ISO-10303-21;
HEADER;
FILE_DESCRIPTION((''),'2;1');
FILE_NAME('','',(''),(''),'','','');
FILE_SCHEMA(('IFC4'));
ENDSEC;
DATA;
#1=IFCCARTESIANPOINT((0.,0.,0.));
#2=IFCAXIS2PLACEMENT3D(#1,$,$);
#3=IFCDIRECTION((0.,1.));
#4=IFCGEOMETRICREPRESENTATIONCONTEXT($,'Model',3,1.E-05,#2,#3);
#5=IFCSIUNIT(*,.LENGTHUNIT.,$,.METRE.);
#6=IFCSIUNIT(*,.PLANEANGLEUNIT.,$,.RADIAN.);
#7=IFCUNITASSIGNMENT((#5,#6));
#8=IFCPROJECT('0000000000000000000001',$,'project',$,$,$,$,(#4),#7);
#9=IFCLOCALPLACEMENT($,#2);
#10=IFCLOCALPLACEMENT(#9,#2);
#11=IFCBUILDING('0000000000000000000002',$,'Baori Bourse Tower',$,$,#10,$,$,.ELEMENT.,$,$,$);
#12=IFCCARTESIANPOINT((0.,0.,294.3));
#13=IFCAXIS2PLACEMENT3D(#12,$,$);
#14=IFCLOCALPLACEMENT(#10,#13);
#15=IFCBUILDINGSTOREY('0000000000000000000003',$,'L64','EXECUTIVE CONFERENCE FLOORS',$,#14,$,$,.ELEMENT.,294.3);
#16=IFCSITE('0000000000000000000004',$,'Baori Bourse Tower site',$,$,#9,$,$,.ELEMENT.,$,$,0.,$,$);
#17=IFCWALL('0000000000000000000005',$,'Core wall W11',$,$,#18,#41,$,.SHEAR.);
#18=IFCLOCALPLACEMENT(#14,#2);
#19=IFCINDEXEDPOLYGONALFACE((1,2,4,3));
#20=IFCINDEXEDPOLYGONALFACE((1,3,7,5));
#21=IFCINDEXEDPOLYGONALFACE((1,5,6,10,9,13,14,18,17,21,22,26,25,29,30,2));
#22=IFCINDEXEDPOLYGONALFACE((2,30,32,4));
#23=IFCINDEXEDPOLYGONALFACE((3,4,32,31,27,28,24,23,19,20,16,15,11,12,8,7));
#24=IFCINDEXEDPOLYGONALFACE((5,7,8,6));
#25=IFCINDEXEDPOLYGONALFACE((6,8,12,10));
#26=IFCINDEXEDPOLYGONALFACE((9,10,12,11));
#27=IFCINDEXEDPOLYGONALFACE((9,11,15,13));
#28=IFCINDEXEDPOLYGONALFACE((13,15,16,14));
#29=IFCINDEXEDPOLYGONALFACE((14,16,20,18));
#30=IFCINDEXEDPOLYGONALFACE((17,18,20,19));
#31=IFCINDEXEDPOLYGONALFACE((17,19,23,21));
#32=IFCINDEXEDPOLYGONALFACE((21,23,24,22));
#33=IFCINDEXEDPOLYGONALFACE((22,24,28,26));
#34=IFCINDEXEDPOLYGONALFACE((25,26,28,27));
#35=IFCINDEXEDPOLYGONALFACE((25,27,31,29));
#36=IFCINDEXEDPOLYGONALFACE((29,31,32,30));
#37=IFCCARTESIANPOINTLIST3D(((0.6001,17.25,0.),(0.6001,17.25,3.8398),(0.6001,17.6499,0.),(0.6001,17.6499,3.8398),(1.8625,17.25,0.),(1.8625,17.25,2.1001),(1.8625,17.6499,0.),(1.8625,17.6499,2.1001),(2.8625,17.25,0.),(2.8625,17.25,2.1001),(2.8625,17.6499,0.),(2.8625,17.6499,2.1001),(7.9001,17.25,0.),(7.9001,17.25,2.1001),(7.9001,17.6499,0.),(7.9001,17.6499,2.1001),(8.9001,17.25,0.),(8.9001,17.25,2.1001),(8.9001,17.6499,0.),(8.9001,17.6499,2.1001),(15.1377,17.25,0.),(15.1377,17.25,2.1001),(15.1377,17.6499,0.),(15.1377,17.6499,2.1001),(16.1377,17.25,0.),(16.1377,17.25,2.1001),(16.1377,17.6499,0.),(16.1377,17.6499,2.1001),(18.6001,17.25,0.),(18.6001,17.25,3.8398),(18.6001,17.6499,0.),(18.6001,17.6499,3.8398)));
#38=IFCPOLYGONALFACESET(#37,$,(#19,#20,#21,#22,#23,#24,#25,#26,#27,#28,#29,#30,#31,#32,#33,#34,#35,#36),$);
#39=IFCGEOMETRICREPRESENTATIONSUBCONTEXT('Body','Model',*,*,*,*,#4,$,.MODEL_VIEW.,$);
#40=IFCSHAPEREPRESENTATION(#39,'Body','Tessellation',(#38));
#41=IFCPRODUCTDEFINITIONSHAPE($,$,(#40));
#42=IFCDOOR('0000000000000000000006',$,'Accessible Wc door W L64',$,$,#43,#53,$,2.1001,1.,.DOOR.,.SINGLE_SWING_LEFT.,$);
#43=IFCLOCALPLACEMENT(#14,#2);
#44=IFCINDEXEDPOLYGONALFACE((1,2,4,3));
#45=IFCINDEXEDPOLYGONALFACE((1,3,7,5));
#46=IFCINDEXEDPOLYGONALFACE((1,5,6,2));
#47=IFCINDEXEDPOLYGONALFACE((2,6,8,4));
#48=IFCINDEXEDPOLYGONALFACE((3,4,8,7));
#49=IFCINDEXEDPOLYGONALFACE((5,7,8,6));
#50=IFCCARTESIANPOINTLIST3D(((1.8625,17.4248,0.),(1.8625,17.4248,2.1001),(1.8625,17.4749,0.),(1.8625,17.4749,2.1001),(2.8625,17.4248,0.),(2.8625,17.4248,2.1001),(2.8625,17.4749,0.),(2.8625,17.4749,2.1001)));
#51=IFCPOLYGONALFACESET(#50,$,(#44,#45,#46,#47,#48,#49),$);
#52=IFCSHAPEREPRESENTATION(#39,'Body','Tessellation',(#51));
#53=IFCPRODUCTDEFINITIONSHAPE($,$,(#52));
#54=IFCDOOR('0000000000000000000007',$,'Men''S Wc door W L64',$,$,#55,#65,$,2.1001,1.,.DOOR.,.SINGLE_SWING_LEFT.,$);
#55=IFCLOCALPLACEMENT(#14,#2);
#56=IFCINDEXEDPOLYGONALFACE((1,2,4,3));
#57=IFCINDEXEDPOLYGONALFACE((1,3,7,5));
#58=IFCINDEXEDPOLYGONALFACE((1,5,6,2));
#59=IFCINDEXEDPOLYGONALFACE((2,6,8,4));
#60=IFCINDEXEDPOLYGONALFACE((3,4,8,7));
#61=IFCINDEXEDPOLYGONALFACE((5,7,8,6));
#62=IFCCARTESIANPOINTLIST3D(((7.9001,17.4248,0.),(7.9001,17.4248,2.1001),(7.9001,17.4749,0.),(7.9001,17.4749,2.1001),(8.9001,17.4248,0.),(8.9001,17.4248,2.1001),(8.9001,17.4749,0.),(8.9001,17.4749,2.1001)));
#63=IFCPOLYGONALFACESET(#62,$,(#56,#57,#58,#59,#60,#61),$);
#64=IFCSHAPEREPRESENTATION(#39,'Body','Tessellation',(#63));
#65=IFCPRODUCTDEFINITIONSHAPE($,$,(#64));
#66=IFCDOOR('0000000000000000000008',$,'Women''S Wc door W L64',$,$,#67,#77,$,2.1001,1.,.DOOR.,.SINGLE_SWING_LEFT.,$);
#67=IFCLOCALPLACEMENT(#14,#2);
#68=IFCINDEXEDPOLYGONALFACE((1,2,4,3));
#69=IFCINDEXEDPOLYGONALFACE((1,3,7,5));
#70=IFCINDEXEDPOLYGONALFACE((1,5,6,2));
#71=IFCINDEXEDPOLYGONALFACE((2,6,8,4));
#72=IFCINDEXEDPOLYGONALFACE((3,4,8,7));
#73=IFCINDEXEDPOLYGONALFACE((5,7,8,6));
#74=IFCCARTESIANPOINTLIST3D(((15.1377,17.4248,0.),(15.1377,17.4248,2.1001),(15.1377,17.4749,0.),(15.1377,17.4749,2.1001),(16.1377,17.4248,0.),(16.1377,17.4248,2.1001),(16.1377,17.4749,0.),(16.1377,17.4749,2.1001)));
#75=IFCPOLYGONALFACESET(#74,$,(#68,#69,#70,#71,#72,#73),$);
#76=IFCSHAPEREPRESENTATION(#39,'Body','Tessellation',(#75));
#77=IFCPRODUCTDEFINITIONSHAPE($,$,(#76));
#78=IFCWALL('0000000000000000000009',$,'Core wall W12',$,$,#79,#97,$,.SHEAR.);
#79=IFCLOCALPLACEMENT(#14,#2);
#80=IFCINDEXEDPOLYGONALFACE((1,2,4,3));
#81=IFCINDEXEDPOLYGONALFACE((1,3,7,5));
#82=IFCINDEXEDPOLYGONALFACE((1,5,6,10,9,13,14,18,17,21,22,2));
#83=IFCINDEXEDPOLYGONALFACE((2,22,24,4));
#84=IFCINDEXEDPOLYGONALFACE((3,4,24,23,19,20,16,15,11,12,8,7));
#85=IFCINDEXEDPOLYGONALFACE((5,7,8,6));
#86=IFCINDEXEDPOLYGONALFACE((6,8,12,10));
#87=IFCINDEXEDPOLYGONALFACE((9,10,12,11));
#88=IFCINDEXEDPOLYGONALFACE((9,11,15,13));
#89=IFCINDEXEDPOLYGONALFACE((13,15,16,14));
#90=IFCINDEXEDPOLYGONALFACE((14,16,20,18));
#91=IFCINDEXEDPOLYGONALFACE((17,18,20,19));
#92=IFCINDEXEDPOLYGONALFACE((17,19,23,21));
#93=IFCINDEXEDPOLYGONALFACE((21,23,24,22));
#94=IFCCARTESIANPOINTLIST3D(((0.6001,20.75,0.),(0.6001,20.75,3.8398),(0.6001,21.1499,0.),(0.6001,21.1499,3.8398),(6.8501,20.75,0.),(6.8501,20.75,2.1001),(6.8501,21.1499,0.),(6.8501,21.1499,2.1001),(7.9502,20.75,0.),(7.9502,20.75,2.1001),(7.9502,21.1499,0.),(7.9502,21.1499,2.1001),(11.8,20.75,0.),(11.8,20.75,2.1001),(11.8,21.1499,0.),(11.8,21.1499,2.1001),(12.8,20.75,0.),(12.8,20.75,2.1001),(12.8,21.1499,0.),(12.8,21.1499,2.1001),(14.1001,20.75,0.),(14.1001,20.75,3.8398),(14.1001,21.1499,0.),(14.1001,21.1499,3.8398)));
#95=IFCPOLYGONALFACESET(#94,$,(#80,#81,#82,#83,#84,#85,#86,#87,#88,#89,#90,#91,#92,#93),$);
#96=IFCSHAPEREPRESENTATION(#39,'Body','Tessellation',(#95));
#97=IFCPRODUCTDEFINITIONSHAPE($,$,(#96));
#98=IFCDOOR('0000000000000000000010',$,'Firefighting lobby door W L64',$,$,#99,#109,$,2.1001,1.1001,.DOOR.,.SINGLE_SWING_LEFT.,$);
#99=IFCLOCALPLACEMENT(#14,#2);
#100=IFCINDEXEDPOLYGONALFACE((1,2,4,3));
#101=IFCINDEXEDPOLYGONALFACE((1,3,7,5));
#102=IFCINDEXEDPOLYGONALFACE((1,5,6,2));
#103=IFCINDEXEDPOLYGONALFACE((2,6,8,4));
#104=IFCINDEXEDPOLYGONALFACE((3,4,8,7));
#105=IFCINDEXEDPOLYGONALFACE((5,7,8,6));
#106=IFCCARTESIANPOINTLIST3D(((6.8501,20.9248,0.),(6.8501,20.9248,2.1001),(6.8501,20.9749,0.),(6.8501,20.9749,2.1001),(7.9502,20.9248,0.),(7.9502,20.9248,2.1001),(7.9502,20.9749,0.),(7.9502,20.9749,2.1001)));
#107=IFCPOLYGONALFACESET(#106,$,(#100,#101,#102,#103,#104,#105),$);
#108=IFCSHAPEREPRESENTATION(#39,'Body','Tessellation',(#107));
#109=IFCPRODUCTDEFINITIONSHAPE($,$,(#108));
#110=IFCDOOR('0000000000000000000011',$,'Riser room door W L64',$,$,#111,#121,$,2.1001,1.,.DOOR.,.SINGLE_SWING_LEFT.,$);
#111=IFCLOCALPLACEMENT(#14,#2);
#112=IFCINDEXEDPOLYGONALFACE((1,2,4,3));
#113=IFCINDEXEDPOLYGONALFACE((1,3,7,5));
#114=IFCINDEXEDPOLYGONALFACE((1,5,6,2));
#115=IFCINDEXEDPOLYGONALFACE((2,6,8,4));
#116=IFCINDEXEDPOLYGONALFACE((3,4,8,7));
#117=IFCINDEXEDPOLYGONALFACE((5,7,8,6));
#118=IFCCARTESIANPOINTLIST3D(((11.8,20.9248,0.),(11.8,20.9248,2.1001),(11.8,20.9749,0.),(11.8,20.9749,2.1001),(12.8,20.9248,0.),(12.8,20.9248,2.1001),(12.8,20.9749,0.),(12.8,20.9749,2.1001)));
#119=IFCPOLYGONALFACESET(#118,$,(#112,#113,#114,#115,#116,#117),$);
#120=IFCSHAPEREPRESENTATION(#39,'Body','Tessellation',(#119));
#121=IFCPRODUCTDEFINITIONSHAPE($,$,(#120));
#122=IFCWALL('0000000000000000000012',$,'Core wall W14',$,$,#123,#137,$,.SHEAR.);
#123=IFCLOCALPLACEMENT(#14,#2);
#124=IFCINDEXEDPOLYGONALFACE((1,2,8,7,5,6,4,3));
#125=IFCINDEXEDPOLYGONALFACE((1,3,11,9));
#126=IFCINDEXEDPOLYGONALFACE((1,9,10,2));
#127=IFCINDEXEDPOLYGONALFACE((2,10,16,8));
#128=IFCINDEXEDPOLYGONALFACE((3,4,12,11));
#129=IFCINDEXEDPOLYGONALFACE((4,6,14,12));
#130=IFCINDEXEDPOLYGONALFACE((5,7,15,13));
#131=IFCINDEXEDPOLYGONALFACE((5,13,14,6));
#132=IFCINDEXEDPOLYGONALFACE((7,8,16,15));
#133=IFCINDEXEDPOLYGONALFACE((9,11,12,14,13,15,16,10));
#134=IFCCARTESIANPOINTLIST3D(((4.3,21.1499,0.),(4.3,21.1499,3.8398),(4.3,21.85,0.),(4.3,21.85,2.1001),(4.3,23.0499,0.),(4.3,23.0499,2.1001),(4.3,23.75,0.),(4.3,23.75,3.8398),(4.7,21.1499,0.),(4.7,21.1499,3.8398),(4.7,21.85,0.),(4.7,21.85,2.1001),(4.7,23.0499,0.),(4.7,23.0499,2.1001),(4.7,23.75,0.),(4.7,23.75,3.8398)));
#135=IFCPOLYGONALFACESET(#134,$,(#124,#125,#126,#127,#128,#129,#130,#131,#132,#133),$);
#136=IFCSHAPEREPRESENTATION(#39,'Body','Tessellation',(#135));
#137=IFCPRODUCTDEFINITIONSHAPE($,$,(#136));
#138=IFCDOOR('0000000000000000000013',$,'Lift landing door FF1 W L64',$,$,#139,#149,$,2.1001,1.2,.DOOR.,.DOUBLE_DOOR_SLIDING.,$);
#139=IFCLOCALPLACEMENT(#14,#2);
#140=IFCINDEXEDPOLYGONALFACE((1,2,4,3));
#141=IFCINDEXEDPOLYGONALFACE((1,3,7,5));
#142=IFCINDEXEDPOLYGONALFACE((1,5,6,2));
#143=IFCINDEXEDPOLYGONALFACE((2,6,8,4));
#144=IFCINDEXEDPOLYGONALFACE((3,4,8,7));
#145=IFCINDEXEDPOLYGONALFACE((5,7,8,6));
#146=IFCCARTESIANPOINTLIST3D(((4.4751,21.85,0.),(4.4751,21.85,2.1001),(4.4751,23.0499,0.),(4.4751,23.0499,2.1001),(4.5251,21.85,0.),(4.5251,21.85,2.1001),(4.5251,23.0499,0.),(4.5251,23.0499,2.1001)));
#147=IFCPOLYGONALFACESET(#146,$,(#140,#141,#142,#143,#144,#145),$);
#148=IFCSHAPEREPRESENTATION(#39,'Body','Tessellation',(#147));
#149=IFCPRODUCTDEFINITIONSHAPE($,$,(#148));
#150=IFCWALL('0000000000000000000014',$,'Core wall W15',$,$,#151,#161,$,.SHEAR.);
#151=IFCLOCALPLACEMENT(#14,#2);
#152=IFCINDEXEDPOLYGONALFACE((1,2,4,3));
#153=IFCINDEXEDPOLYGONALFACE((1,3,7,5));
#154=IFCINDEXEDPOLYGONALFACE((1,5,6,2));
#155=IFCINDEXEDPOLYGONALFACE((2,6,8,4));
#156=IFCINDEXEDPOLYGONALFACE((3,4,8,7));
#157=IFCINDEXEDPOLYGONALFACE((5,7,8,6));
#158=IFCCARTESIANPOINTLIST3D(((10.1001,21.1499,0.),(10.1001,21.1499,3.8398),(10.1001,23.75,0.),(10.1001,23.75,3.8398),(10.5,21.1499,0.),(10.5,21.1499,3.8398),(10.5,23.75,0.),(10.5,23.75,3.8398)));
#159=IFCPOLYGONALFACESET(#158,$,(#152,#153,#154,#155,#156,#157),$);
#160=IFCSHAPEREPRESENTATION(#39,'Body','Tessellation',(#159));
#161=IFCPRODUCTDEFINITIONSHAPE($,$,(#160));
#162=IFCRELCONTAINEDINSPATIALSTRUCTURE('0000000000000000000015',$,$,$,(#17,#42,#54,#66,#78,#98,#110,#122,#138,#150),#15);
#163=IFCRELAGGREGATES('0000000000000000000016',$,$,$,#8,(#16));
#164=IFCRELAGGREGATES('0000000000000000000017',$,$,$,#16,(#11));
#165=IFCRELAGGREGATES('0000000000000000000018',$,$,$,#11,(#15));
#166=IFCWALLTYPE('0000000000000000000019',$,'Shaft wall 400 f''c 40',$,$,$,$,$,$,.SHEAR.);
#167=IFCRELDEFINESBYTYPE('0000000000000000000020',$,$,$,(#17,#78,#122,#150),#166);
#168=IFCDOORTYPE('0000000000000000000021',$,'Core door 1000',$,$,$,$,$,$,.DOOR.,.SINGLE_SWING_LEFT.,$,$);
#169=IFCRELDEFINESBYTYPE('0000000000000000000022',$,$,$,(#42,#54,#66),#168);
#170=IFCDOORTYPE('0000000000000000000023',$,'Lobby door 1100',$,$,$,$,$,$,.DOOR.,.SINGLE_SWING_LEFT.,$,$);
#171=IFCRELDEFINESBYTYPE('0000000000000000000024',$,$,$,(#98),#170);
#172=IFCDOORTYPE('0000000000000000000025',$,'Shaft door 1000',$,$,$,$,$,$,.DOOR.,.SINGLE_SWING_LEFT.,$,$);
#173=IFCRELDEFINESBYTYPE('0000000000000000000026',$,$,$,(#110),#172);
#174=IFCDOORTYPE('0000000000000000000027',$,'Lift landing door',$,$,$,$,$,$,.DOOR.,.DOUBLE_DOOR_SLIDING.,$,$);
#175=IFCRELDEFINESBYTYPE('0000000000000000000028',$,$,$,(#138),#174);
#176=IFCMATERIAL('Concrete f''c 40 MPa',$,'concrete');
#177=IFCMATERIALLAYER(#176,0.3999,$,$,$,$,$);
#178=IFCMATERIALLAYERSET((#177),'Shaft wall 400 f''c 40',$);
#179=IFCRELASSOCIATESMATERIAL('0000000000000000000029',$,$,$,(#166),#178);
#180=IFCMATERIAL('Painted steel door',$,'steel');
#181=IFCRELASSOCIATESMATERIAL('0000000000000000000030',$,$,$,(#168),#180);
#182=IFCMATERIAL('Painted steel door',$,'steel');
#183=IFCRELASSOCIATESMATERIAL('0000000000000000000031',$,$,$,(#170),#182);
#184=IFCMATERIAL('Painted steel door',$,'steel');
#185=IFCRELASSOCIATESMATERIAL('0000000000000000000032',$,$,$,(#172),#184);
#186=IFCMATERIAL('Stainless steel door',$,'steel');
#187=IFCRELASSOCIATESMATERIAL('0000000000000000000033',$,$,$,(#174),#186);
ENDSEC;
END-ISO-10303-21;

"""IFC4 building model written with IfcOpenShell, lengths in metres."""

from ifc_helpers import new_model, si_unit, direction, frame, frame_2d, origin, place, context, subcontext, project, spatial, rectangle, extrude, material, layer, layer_set, type_object, element, fill, save


model = new_model("IFC4")

# Units and contexts
model_context = context("Model", 3, precision=1e-05, world=origin(), true_north=direction((0.0, 1.0)))
body_context = subcontext(model_context, "Body", "Model", "MODEL_VIEW")
ifc_project = project(units=[si_unit("LENGTHUNIT", "METRE"), si_unit("PLANEANGLEUNIT", "RADIAN")], contexts=[model_context])

# Site, building, storey
site_placement = place(None, origin())
site = spatial("IfcSite", under=ifc_project, at=site_placement, Name="Baori Bourse Tower site", CompositionType="ELEMENT", RefElevation=0.0)
building_placement = place(site_placement, origin())
building = spatial("IfcBuilding", under=site, at=building_placement, Name="Baori Bourse Tower", CompositionType="ELEMENT")
storey_placement = place(building_placement, frame((0.0, 0.0, 294.3)))
storey = spatial("IfcBuildingStorey", under=building, at=storey_placement, Name="L64", Description="EXECUTIVE CONFERENCE FLOORS", CompositionType="ELEMENT", Elevation=294.3)

# Shared definitions
ifc_material_1 = material(Name="Concrete f'c 40 MPa", Category="concrete")
ifc_layer_1 = layer(ifc_material_1, 0.3999)
ifc_layer_set_1 = layer_set([ifc_layer_1], Name="Shaft wall 400 f'c 40")
wall_type_1 = type_object("IfcWallType", Name="Shaft wall 400 f'c 40", PredefinedType="SHEAR", material=ifc_layer_set_1)

# Walls, openings, doors
wall_1_placement = place(storey_placement, frame((0.6001, 17.45, 0.0), z_axis=(0.0, 0.0, 1.0), x_axis=(1.0, 0.0, 0.0)))
wall_1 = element("IfcWall", 1, at=wall_1_placement, inside=storey, type_object=wall_type_1, Name="Core wall W11", PredefinedType="SHEAR", context=body_context, shape_type="SweptSolid", body=[
    extrude(rectangle(XDim=18.0, YDim=0.3999, at=frame_2d((9.0, 0.0))), origin(), (0.0, 0.0, 1.0), 3.8398),
])
opening_1_placement = place(wall_1_placement, frame((1.2625, 0.0, 0.0)))
opening_1 = element("IfcOpeningElement", 2, at=opening_1_placement, cuts=wall_1, PredefinedType="OPENING", context=body_context, shape_type="SweptSolid", body=[
    extrude(rectangle(XDim=1.0, YDim=2.1001, at=frame_2d((0.5, 1.05))), frame((0.0, 0.21, 0.0), z_axis=(0.0, -1.0, 0.0), x_axis=(1.0, 0.0, 0.0)), (0.0, 0.0, 1.0), 0.4199),
])
opening_2_placement = place(wall_1_placement, frame((7.3, 0.0, 0.0)))
opening_2 = element("IfcOpeningElement", 3, at=opening_2_placement, cuts=wall_1, PredefinedType="OPENING", context=body_context, shape_type="SweptSolid", body=[
    extrude(rectangle(XDim=1.0, YDim=2.1001, at=frame_2d((0.5, 1.05))), frame((0.0, 0.21, 0.0), z_axis=(0.0, -1.0, 0.0), x_axis=(1.0, 0.0, 0.0)), (0.0, 0.0, 1.0), 0.4199),
])
opening_3_placement = place(wall_1_placement, frame((14.5376, 0.0, 0.0)))
opening_3 = element("IfcOpeningElement", 4, at=opening_3_placement, cuts=wall_1, PredefinedType="OPENING", context=body_context, shape_type="SweptSolid", body=[
    extrude(rectangle(XDim=1.0, YDim=2.1001, at=frame_2d((0.5, 1.05))), frame((0.0, 0.21, 0.0), z_axis=(0.0, -1.0, 0.0), x_axis=(1.0, 0.0, 0.0)), (0.0, 0.0, 1.0), 0.4199),
])
ifc_material_2 = material(Name="Painted steel door", Category="steel")
door_type_1 = type_object("IfcDoorType", Name="Core door 1000", OperationType="SINGLE_SWING_LEFT", PredefinedType="DOOR", material=ifc_material_2)
door_1_placement = place(opening_1_placement, origin())
door_1 = element("IfcDoor", 5, at=door_1_placement, inside=storey, type_object=door_type_1, Name="Accessible Wc door W L64", OperationType="SINGLE_SWING_LEFT", OverallHeight=2.1001, OverallWidth=1.0, PredefinedType="DOOR", context=body_context, shape_type="SweptSolid", body=[
    extrude(rectangle(XDim=1.0, YDim=2.1001, at=frame_2d((0.5, 1.05))), frame((0.0, 0.0249, 0.0), z_axis=(0.0, -1.0, 0.0), x_axis=(1.0, 0.0, 0.0)), (0.0, 0.0, 1.0), 0.05),
])
fill(opening_1, door_1)
door_2_placement = place(opening_2_placement, origin())
door_2 = element("IfcDoor", 6, at=door_2_placement, inside=storey, type_object=door_type_1, Name="Men'S Wc door W L64", OperationType="SINGLE_SWING_LEFT", OverallHeight=2.1001, OverallWidth=1.0, PredefinedType="DOOR", context=body_context, shape_type="SweptSolid", body=[
    extrude(rectangle(XDim=1.0, YDim=2.1001, at=frame_2d((0.5, 1.05))), frame((0.0, 0.0249, 0.0), z_axis=(0.0, -1.0, 0.0), x_axis=(1.0, 0.0, 0.0)), (0.0, 0.0, 1.0), 0.05),
])
fill(opening_2, door_2)
door_3_placement = place(opening_3_placement, origin())
door_3 = element("IfcDoor", 7, at=door_3_placement, inside=storey, type_object=door_type_1, Name="Women'S Wc door W L64", OperationType="SINGLE_SWING_LEFT", OverallHeight=2.1001, OverallWidth=1.0, PredefinedType="DOOR", context=body_context, shape_type="SweptSolid", body=[
    extrude(rectangle(XDim=1.0, YDim=2.1001, at=frame_2d((0.5, 1.05))), frame((0.0, 0.0249, 0.0), z_axis=(0.0, -1.0, 0.0), x_axis=(1.0, 0.0, 0.0)), (0.0, 0.0, 1.0), 0.05),
])
fill(opening_3, door_3)
wall_2_placement = place(storey_placement, frame((0.6001, 20.95, 0.0), z_axis=(0.0, 0.0, 1.0), x_axis=(1.0, 0.0, 0.0)))
wall_2 = element("IfcWall", 8, at=wall_2_placement, inside=storey, type_object=wall_type_1, Name="Core wall W12", PredefinedType="SHEAR", context=body_context, shape_type="SweptSolid", body=[
    extrude(rectangle(XDim=13.5, YDim=0.3999, at=frame_2d((6.75, 0.0))), origin(), (0.0, 0.0, 1.0), 3.8398),
])
opening_4_placement = place(wall_2_placement, frame((6.25, 0.0, 0.0)))
opening_4 = element("IfcOpeningElement", 9, at=opening_4_placement, cuts=wall_2, PredefinedType="OPENING", context=body_context, shape_type="SweptSolid", body=[
    extrude(rectangle(XDim=1.1001, YDim=2.1001, at=frame_2d((0.55, 1.05))), frame((0.0, 0.21, 0.0), z_axis=(0.0, -1.0, 0.0), x_axis=(1.0, 0.0, 0.0)), (0.0, 0.0, 1.0), 0.4199),
])
opening_5_placement = place(wall_2_placement, frame((11.2, 0.0, 0.0)))
opening_5 = element("IfcOpeningElement", 10, at=opening_5_placement, cuts=wall_2, PredefinedType="OPENING", context=body_context, shape_type="SweptSolid", body=[
    extrude(rectangle(XDim=1.0, YDim=2.1001, at=frame_2d((0.5, 1.05))), frame((0.0, 0.21, 0.0), z_axis=(0.0, -1.0, 0.0), x_axis=(1.0, 0.0, 0.0)), (0.0, 0.0, 1.0), 0.4199),
])
ifc_material_3 = material(Name="Painted steel door", Category="steel")
door_type_2 = type_object("IfcDoorType", Name="Lobby door 1100", OperationType="SINGLE_SWING_LEFT", PredefinedType="DOOR", material=ifc_material_3)
door_4_placement = place(opening_4_placement, origin())
door_4 = element("IfcDoor", 11, at=door_4_placement, inside=storey, type_object=door_type_2, Name="Firefighting lobby door W L64", OperationType="SINGLE_SWING_LEFT", OverallHeight=2.1001, OverallWidth=1.1001, PredefinedType="DOOR", context=body_context, shape_type="SweptSolid", body=[
    extrude(rectangle(XDim=1.1001, YDim=2.1001, at=frame_2d((0.55, 1.05))), frame((0.0, 0.0249, 0.0), z_axis=(0.0, -1.0, 0.0), x_axis=(1.0, 0.0, 0.0)), (0.0, 0.0, 1.0), 0.05),
])
fill(opening_4, door_4)
ifc_material_4 = material(Name="Painted steel door", Category="steel")
door_type_3 = type_object("IfcDoorType", Name="Shaft door 1000", OperationType="SINGLE_SWING_LEFT", PredefinedType="DOOR", material=ifc_material_4)
door_5_placement = place(opening_5_placement, origin())
door_5 = element("IfcDoor", 12, at=door_5_placement, inside=storey, type_object=door_type_3, Name="Riser room door W L64", OperationType="SINGLE_SWING_LEFT", OverallHeight=2.1001, OverallWidth=1.0, PredefinedType="DOOR", context=body_context, shape_type="SweptSolid", body=[
    extrude(rectangle(XDim=1.0, YDim=2.1001, at=frame_2d((0.5, 1.05))), frame((0.0, 0.0249, 0.0), z_axis=(0.0, -1.0, 0.0), x_axis=(1.0, 0.0, 0.0)), (0.0, 0.0, 1.0), 0.05),
])
fill(opening_5, door_5)

# Wall, opening, door
wall_3_placement = place(storey_placement, frame((4.5, 21.1499, 0.0), z_axis=(0.0, 0.0, 1.0), x_axis=(0.0, 1.0, 0.0)))
wall_3 = element("IfcWall", 13, at=wall_3_placement, inside=storey, type_object=wall_type_1, Name="Core wall W14", PredefinedType="SHEAR", context=body_context, shape_type="SweptSolid", body=[
    extrude(rectangle(XDim=2.6001, YDim=0.3999, at=frame_2d((1.3, 0.0))), origin(), (0.0, 0.0, 1.0), 3.8398),
])
opening_6_placement = place(wall_3_placement, frame((0.7, 0.0, 0.0)))
opening_6 = element("IfcOpeningElement", 14, at=opening_6_placement, cuts=wall_3, PredefinedType="OPENING", context=body_context, shape_type="SweptSolid", body=[
    extrude(rectangle(XDim=1.2, YDim=2.1001, at=frame_2d((0.6001, 1.05))), frame((0.0, 0.21, 0.0), z_axis=(0.0, -1.0, 0.0), x_axis=(1.0, 0.0, 0.0)), (0.0, 0.0, 1.0), 0.4199),
])
ifc_material_5 = material(Name="Stainless steel door", Category="steel")
door_type_4 = type_object("IfcDoorType", Name="Lift landing door", OperationType="DOUBLE_DOOR_SLIDING", PredefinedType="DOOR", material=ifc_material_5)
door_6_placement = place(opening_6_placement, origin())
door_6 = element("IfcDoor", 15, at=door_6_placement, inside=storey, type_object=door_type_4, Name="Lift landing door FF1 W L64", OperationType="DOUBLE_DOOR_SLIDING", OverallHeight=2.1001, OverallWidth=1.2, PredefinedType="DOOR", context=body_context, shape_type="SweptSolid", body=[
    extrude(rectangle(XDim=1.2, YDim=2.1001, at=frame_2d((0.6001, 1.05))), frame((0.0, 0.0249, 0.0), z_axis=(0.0, -1.0, 0.0), x_axis=(1.0, 0.0, 0.0)), (0.0, 0.0, 1.0), 0.05),
])
fill(opening_6, door_6)

# Wall
wall_4_placement = place(storey_placement, frame((10.3, 21.1499, 0.0), z_axis=(0.0, 0.0, 1.0), x_axis=(0.0, 1.0, 0.0)))
element("IfcWall", 16, at=wall_4_placement, inside=storey, type_object=wall_type_1, Name="Core wall W15", PredefinedType="SHEAR", context=body_context, shape_type="SweptSolid", body=[
    extrude(rectangle(XDim=2.6001, YDim=0.3999, at=frame_2d((1.3, 0.0))), origin(), (0.0, 0.0, 1.0), 3.8398),
])

save(model, "model.ifc")
